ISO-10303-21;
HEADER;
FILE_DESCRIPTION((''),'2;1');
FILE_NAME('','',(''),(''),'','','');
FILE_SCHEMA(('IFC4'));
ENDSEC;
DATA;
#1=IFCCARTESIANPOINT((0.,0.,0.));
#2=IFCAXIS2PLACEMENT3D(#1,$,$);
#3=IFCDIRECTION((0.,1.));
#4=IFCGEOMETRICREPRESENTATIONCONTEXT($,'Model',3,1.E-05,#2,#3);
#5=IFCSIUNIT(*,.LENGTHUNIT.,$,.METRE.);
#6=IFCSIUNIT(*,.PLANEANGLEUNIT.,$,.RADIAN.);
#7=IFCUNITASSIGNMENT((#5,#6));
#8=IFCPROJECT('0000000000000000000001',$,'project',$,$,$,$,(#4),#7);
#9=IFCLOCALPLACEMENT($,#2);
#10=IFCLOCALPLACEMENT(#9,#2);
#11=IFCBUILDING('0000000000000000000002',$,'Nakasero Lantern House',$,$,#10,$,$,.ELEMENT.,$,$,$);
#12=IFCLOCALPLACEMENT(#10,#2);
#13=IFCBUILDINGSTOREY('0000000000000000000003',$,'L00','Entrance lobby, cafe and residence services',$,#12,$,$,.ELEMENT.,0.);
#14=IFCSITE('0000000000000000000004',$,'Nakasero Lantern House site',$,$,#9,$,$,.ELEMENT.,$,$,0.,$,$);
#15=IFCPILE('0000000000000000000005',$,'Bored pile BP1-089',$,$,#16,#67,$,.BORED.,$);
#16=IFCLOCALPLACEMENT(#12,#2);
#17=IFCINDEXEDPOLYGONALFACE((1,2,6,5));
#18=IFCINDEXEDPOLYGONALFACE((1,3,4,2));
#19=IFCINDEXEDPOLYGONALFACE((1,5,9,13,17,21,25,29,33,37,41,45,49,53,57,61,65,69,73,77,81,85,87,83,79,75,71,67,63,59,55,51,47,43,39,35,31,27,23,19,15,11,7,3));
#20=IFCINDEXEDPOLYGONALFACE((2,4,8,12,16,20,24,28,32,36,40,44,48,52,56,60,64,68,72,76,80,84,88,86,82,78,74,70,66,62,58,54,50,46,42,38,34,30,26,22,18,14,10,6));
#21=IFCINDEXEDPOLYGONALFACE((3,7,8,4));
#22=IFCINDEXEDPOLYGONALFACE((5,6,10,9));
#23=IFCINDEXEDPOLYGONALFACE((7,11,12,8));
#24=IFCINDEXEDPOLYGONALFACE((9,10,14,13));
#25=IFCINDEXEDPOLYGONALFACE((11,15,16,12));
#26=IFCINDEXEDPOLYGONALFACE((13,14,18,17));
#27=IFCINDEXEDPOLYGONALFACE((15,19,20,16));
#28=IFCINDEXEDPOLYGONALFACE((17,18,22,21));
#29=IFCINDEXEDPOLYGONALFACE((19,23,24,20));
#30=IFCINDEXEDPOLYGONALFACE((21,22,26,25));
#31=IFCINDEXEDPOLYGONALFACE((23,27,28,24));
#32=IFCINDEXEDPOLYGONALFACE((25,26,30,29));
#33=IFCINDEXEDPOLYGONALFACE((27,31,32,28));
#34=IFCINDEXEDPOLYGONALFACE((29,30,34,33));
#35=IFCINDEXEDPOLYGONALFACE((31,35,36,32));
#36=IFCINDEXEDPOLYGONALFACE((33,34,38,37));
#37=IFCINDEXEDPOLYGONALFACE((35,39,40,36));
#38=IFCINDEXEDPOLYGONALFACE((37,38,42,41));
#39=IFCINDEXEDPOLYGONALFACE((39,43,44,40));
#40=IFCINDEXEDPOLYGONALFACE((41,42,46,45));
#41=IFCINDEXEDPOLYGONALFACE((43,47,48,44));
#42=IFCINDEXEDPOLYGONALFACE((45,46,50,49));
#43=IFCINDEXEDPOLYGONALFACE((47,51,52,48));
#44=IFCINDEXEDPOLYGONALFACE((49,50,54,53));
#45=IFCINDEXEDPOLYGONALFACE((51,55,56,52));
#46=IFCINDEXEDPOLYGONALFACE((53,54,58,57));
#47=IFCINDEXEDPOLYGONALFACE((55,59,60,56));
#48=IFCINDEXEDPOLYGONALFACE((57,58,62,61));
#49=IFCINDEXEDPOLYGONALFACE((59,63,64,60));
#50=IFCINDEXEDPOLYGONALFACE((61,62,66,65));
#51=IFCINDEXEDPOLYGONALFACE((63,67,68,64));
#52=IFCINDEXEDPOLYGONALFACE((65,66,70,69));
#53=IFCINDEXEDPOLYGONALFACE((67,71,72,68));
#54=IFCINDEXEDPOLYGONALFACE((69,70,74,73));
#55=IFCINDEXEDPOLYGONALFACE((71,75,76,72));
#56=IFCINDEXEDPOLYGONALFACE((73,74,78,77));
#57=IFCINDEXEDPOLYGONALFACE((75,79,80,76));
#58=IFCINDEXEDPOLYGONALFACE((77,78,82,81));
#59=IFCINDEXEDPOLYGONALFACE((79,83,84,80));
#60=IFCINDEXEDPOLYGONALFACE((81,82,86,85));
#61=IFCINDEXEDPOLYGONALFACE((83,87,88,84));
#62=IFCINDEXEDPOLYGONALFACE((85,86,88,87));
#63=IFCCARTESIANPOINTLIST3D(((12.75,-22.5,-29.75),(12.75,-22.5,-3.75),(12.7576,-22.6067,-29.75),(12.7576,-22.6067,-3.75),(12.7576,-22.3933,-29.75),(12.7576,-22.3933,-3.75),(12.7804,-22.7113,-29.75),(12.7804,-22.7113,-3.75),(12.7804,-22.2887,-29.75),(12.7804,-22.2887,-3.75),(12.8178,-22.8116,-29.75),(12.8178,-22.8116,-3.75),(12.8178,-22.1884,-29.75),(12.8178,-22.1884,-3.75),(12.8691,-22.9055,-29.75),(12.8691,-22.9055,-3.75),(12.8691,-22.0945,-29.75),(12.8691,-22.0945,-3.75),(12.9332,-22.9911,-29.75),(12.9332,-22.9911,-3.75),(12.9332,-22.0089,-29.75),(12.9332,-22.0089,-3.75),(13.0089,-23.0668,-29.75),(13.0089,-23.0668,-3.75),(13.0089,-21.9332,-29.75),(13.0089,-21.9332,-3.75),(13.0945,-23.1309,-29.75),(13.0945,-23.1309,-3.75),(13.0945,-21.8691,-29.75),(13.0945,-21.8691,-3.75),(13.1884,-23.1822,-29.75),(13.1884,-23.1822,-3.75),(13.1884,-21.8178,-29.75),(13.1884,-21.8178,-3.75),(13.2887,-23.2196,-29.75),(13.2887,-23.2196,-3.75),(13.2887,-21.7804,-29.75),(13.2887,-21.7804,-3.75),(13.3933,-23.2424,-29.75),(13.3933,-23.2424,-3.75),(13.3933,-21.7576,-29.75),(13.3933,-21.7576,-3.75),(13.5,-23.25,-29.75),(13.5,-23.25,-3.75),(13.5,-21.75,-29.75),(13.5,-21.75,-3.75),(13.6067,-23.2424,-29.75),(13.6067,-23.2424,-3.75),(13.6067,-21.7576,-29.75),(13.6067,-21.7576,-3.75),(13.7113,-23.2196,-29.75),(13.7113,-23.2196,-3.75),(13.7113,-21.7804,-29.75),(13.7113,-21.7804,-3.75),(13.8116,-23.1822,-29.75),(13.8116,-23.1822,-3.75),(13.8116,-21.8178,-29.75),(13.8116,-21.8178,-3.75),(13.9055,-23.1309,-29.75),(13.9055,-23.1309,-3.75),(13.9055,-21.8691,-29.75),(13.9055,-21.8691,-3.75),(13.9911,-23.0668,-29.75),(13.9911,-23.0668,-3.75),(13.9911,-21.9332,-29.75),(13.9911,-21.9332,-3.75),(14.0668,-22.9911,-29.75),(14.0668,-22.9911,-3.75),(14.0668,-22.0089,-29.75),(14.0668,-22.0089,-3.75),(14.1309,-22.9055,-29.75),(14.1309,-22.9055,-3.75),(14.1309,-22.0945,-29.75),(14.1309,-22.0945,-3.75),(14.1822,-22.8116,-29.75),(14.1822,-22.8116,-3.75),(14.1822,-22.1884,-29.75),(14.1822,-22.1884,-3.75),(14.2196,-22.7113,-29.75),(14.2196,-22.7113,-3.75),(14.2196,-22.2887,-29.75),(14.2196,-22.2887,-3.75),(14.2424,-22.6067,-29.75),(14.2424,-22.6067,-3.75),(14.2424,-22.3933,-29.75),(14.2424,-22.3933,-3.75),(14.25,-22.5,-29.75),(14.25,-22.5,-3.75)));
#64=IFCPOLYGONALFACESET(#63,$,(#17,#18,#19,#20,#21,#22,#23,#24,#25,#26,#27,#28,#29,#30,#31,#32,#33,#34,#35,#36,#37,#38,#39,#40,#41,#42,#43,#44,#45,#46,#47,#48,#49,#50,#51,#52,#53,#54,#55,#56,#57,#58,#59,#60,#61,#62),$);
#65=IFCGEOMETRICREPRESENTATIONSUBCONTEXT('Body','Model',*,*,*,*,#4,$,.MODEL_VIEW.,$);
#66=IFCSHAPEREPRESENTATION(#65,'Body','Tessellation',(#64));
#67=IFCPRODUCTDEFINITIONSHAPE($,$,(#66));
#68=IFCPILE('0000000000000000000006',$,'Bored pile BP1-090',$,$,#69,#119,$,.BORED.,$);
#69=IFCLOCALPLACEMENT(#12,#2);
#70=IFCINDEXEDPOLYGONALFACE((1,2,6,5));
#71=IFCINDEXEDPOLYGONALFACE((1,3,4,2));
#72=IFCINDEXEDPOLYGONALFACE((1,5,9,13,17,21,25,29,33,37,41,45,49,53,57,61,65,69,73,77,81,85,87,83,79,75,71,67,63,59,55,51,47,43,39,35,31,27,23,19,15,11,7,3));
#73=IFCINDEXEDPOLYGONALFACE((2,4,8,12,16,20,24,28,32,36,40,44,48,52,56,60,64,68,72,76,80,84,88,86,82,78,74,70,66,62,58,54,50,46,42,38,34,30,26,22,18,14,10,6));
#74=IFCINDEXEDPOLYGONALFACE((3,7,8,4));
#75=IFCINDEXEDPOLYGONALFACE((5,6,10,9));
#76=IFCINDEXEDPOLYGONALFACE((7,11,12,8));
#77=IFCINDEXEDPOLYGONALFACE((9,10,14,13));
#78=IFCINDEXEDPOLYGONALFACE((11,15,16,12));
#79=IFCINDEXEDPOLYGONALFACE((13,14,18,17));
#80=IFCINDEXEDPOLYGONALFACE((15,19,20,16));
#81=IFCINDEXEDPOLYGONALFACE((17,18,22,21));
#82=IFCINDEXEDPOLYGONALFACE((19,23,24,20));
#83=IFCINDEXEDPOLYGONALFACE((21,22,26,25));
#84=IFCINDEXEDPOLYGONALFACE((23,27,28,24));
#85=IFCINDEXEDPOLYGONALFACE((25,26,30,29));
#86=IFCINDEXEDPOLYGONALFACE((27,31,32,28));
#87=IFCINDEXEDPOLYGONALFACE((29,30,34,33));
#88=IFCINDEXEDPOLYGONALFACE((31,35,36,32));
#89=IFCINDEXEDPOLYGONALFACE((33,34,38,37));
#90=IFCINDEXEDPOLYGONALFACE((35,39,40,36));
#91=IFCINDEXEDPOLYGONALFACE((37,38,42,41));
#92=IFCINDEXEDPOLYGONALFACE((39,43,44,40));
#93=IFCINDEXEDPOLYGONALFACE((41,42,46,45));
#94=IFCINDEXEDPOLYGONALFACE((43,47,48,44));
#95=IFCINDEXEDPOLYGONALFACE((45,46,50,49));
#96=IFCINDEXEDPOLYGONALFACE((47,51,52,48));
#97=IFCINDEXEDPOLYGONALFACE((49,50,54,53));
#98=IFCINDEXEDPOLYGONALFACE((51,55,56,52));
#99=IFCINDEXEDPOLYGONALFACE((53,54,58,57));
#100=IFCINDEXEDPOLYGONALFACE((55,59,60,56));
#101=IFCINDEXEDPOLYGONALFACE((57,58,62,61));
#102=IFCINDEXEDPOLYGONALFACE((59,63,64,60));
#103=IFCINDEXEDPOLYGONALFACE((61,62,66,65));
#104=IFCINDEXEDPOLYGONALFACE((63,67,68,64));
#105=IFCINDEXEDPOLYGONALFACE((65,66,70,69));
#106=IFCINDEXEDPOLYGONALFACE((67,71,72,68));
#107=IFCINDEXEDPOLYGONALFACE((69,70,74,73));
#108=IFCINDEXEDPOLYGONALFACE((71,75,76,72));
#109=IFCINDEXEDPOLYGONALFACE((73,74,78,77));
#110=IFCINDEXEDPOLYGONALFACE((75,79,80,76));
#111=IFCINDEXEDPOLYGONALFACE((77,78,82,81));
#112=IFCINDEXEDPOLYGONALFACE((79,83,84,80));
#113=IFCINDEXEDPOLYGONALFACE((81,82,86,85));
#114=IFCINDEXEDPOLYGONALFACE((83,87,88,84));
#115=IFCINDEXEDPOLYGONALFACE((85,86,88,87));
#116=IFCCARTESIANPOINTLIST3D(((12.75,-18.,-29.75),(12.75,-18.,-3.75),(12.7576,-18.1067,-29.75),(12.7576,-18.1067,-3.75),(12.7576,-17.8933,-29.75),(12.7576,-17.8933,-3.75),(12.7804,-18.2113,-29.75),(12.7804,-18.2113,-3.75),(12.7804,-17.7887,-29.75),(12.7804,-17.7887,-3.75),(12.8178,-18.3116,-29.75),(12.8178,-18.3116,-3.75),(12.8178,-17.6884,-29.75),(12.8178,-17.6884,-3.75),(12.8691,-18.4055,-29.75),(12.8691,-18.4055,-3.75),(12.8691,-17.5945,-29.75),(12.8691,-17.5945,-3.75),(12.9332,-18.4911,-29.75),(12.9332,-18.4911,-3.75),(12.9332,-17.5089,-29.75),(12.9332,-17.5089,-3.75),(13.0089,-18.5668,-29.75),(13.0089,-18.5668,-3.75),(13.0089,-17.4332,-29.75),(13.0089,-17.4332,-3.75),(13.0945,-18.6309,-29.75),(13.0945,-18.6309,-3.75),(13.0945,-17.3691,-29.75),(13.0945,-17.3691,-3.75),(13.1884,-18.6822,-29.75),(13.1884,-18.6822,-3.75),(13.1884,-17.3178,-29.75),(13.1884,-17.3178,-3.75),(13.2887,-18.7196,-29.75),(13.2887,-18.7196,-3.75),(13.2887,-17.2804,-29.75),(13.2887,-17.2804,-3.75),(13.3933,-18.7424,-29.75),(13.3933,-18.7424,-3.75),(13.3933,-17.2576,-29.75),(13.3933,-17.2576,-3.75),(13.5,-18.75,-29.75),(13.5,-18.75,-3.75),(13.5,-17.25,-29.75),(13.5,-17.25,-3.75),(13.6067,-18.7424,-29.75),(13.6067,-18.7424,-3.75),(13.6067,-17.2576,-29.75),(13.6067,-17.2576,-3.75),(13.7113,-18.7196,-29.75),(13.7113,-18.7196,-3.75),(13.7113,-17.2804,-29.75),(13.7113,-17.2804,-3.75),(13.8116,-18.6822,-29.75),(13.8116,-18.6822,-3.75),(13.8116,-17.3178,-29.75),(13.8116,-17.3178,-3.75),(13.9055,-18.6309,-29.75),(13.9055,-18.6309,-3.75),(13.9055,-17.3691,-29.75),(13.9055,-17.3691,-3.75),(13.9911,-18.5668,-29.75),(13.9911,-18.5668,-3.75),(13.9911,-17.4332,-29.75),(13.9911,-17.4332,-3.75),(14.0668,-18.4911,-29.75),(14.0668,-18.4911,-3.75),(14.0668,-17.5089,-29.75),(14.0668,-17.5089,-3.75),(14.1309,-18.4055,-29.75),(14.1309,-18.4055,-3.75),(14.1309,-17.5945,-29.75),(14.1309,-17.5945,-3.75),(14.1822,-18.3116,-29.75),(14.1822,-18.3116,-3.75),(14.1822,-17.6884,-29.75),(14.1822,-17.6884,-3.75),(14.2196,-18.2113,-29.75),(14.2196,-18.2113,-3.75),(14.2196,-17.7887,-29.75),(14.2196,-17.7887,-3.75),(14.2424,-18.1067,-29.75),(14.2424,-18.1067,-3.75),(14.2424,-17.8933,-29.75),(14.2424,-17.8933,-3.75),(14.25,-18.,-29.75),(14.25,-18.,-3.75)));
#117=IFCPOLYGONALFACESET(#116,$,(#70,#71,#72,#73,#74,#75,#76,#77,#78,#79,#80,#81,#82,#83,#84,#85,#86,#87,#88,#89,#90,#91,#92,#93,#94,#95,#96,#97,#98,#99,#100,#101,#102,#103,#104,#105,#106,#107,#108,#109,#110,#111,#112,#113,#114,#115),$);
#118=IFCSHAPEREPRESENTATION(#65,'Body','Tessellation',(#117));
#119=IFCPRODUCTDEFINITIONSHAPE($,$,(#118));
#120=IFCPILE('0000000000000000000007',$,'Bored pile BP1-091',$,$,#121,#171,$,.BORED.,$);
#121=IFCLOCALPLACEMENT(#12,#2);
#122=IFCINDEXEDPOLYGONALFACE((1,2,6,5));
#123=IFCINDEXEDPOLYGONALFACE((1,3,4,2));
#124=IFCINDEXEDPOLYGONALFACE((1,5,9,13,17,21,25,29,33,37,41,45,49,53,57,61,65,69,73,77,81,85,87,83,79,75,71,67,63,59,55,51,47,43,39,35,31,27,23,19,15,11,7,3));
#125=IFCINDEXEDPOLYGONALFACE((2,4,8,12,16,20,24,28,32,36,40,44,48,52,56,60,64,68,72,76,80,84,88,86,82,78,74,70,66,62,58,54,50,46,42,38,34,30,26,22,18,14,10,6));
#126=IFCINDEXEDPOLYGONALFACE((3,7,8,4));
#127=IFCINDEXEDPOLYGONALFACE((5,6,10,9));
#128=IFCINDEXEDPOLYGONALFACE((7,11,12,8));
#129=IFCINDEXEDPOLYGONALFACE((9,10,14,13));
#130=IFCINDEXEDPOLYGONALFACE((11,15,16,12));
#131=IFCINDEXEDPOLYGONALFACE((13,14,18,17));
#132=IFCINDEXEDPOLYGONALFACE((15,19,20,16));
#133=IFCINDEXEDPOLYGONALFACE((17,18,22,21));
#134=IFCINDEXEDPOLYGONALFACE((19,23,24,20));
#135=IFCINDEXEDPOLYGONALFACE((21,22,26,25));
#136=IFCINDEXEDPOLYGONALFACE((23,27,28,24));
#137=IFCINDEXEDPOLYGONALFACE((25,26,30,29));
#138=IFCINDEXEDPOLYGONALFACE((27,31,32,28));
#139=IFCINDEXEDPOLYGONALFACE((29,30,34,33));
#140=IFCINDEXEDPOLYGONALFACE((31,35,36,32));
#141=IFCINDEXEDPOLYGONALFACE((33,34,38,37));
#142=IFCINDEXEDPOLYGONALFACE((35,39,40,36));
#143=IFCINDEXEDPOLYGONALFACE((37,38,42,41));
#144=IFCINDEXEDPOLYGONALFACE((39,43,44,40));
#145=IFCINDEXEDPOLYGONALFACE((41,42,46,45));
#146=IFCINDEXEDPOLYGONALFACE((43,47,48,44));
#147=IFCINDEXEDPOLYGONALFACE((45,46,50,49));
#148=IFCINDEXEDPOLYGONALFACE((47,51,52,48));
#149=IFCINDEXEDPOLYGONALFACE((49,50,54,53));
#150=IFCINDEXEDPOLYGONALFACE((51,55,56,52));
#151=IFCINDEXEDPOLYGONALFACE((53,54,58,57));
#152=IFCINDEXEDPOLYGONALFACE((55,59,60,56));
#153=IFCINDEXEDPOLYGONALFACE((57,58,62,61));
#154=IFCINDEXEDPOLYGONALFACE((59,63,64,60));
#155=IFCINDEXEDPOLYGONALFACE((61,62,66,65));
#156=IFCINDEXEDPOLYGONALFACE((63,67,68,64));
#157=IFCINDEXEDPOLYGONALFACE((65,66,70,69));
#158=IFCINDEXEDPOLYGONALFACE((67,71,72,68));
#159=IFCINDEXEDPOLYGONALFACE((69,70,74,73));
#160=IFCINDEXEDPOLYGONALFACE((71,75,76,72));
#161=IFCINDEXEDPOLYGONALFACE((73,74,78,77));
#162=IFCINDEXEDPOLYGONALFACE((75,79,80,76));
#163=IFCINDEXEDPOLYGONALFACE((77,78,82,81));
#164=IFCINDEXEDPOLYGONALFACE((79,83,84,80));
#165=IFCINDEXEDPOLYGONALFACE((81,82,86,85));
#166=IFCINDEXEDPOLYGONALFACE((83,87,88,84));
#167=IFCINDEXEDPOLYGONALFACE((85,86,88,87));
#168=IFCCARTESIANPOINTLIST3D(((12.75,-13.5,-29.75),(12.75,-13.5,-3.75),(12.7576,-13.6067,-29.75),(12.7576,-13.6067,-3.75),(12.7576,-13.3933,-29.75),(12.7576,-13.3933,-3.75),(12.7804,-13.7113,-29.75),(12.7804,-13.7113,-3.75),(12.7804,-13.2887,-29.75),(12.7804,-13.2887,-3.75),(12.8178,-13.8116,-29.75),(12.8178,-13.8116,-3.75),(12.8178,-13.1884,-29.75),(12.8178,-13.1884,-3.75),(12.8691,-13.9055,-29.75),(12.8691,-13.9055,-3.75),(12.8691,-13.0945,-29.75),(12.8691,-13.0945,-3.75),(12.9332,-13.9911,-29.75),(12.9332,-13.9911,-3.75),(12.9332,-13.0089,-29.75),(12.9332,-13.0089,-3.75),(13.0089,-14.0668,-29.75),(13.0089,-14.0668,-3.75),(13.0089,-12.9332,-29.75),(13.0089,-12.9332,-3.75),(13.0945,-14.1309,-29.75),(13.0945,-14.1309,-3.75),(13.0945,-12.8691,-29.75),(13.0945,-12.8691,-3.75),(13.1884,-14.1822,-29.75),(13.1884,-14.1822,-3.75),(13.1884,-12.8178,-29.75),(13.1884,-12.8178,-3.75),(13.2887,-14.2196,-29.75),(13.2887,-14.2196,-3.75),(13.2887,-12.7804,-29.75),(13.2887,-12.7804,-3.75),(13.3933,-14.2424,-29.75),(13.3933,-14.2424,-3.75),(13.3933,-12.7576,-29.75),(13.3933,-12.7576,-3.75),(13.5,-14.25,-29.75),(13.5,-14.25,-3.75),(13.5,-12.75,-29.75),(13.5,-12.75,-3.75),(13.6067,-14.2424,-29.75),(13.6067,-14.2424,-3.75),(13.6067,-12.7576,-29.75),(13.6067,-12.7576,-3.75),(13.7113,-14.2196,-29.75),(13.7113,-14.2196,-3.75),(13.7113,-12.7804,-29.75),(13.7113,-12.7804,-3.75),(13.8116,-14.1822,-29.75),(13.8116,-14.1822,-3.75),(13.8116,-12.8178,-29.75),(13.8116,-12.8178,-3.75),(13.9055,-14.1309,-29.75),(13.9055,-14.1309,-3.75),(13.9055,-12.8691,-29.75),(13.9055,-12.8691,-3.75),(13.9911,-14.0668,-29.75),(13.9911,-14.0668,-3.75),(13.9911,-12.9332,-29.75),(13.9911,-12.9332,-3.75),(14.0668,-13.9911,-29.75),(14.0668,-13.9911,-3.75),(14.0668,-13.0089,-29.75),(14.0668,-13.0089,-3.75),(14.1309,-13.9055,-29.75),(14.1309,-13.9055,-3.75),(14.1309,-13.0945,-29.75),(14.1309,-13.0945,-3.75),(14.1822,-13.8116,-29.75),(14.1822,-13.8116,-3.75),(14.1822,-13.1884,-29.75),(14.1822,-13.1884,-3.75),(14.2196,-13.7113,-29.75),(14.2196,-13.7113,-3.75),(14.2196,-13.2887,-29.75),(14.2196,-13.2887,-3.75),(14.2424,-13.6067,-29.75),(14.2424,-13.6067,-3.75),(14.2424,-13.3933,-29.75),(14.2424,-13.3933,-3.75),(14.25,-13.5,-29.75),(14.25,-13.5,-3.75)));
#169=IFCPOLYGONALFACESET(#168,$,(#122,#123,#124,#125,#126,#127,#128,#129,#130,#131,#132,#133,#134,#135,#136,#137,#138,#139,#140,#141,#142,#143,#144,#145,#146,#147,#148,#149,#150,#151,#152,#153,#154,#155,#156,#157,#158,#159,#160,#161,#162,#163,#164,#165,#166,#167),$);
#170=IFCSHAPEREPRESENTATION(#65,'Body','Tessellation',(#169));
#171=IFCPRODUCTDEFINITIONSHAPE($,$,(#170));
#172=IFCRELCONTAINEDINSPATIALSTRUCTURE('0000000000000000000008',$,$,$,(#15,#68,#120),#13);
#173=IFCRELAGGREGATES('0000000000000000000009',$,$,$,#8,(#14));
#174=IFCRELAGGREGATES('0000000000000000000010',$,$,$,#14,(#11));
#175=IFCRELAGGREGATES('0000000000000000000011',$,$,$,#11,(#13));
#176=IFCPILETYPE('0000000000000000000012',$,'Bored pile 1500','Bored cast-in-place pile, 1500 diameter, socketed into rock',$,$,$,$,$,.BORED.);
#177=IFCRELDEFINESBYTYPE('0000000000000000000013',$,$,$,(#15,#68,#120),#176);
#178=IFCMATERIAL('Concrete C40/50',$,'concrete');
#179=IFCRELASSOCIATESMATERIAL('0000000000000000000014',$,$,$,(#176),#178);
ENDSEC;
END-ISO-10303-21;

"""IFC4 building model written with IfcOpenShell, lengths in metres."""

from ifc_helpers import new_model, si_unit, direction, frame, origin, origin_2d, place, context, subcontext, project, spatial, circle, extrude, material, type_object, element, save


model = new_model("IFC4")

# Units and contexts
model_context = context("Model", 3, precision=1e-05, world=origin(), true_north=direction((0.0, 1.0)))
body_context = subcontext(model_context, "Body", "Model", "MODEL_VIEW")
ifc_project = project(units=[si_unit("LENGTHUNIT", "METRE"), si_unit("PLANEANGLEUNIT", "RADIAN")], contexts=[model_context])

# Site, building, storey
site_placement = place(None, origin())
site = spatial("IfcSite", under=ifc_project, at=site_placement, Name="Nakasero Lantern House site", CompositionType="ELEMENT", RefElevation=0.0)
building_placement = place(site_placement, origin())
building = spatial("IfcBuilding", under=site, at=building_placement, Name="Nakasero Lantern House", CompositionType="ELEMENT")
storey_placement = place(building_placement, origin())
storey = spatial("IfcBuildingStorey", under=building, at=storey_placement, Name="L00", Description="Entrance lobby, cafe and residence services", CompositionType="ELEMENT", Elevation=0.0)

# Piles
ifc_material_1 = material(Name="Concrete C40/50", Category="concrete")
pile_type = type_object("IfcPileType", Name="Bored pile 1500", Description="Bored cast-in-place pile, 1500 diameter, socketed into rock", PredefinedType="BORED", material=ifc_material_1)
for number, where, z_axis, x_axis, name in (
    (1, (13.5, -22.5, -3.75), (0.0, 0.0, -1.0), (1.0, 0.0, 0.0), "Bored pile BP1-089"),
    (2, (13.5, -18.0, -3.75), (0.0, 0.0, -1.0), (1.0, 0.0, 0.0), "Bored pile BP1-090"),
    (3, (13.5, -13.5, -3.75), (0.0, 0.0, -1.0), (1.0, 0.0, 0.0), "Bored pile BP1-091"),
):
    element("IfcPile", number, at=place(storey_placement, frame(where, z_axis=z_axis, x_axis=x_axis)), inside=storey, type_object=pile_type, Name=name, PredefinedType="BORED", context=body_context, shape_type="SweptSolid", body=[
        extrude(circle(Radius=0.75, at=origin_2d()), origin(), (0.0, 0.0, 1.0), 26.0),
    ])

save(model, "model.ifc")
